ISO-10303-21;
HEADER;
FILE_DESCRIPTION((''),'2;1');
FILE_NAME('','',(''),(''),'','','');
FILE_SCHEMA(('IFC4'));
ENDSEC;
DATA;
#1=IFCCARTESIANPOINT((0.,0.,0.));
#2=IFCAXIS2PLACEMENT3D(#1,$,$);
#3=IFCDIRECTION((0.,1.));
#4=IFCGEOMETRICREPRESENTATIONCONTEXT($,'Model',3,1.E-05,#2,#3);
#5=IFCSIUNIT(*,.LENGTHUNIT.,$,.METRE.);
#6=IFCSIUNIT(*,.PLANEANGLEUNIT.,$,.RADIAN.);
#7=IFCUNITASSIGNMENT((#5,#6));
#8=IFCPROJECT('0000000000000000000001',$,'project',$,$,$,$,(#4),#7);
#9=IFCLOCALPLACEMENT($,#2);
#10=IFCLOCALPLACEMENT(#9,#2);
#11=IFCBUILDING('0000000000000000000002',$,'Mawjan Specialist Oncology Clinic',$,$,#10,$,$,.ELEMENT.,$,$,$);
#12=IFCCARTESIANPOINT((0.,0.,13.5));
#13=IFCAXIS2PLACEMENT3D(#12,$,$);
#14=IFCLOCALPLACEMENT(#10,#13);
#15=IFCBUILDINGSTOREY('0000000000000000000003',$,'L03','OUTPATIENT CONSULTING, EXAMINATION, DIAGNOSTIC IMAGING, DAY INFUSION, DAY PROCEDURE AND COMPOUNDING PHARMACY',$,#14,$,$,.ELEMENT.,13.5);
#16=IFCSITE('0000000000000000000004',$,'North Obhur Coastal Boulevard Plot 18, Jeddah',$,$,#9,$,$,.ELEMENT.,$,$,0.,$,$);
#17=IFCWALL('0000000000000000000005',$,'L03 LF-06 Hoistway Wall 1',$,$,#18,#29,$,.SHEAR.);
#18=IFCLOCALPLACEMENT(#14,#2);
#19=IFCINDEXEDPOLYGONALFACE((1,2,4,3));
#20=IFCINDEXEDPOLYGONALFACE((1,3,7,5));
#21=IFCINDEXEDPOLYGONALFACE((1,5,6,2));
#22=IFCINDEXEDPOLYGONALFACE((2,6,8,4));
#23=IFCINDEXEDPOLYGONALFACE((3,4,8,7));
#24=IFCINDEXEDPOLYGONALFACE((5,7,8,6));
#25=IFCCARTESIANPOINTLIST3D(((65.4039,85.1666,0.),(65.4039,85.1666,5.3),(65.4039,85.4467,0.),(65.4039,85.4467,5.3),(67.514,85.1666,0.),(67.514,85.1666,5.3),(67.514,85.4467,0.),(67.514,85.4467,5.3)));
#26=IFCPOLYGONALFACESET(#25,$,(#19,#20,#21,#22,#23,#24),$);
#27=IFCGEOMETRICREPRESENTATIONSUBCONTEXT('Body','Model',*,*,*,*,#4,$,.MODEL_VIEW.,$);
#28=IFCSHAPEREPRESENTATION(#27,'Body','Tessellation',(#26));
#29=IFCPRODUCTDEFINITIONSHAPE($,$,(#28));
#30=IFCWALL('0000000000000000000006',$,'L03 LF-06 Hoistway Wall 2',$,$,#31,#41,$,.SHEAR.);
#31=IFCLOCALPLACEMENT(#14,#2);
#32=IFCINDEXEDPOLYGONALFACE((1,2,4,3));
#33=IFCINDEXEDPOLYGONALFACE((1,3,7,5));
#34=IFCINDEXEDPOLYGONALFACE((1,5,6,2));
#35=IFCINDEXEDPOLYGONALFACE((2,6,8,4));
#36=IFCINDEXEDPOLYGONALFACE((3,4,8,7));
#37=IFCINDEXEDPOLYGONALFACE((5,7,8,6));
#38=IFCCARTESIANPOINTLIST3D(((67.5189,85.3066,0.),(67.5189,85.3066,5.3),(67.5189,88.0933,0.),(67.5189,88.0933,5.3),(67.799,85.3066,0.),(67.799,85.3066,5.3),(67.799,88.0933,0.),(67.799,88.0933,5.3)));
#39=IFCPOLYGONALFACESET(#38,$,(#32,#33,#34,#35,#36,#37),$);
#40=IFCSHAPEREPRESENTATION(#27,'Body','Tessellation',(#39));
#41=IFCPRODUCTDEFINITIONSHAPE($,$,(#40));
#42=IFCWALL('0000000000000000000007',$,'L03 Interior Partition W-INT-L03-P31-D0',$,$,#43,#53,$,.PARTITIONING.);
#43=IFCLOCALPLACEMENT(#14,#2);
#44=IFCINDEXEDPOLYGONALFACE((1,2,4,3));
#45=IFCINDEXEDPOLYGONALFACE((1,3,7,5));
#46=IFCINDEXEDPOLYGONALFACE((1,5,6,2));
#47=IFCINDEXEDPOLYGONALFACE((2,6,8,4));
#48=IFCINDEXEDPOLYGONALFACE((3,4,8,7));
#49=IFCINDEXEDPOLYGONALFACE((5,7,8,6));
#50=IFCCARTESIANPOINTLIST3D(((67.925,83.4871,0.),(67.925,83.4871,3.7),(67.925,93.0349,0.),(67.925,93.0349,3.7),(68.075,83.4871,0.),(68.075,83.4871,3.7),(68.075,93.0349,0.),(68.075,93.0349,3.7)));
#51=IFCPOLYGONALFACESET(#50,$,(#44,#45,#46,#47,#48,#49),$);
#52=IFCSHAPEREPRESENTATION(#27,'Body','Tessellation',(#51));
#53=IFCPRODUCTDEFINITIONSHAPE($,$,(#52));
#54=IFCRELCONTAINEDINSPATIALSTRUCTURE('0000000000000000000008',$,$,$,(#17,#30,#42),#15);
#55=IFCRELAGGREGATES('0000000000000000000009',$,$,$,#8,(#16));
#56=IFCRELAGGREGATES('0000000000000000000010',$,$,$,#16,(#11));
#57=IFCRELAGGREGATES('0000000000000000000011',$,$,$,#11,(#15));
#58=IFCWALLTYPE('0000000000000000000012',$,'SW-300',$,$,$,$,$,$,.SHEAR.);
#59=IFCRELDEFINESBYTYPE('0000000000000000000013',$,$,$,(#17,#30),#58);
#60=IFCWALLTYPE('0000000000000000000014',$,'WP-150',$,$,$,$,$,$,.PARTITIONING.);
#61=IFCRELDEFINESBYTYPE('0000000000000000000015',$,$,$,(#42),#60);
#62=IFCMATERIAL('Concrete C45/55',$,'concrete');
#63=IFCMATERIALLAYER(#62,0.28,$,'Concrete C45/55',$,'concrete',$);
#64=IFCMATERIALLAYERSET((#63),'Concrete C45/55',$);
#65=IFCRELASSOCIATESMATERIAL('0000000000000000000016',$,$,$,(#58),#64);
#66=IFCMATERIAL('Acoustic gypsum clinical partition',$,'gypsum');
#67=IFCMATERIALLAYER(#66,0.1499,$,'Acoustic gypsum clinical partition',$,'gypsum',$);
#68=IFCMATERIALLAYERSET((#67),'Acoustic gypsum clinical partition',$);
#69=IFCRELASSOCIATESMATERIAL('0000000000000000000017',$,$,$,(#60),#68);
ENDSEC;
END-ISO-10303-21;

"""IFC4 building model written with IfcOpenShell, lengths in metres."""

from ifc_helpers import new_model, si_unit, direction, frame, frame_2d, origin, place, context, subcontext, project, spatial, rectangle, extrude, material, layer, layer_set, type_object, element, save


model = new_model("IFC4")

# Units and contexts
model_context = context("Model", 3, precision=1e-05, world=origin(), true_north=direction((0.0, 1.0)))
body_context = subcontext(model_context, "Body", "Model", "MODEL_VIEW")
ifc_project = project(units=[si_unit("LENGTHUNIT", "METRE"), si_unit("PLANEANGLEUNIT", "RADIAN")], contexts=[model_context])

# Site, building, storey
site_placement = place(None, origin())
site = spatial("IfcSite", under=ifc_project, at=site_placement, Name="North Obhur Coastal Boulevard Plot 18, Jeddah", CompositionType="ELEMENT", RefElevation=0.0)
building_placement = place(site_placement, origin())
building = spatial("IfcBuilding", under=site, at=building_placement, Name="Mawjan Specialist Oncology Clinic", CompositionType="ELEMENT")
storey_placement = place(building_placement, frame((0.0, 0.0, 13.5)))
storey = spatial("IfcBuildingStorey", under=building, at=storey_placement, Name="L03", Description="OUTPATIENT CONSULTING, EXAMINATION, DIAGNOSTIC IMAGING, DAY INFUSION, DAY PROCEDURE AND COMPOUNDING PHARMACY", CompositionType="ELEMENT", Elevation=13.5)

# Shared definitions
ifc_material_1 = material(Name="Concrete C45/55", Category="concrete")
ifc_layer_1 = layer(ifc_material_1, 0.28, Name="Concrete C45/55", Category="concrete")
ifc_layer_set_1 = layer_set([ifc_layer_1], Name="Concrete C45/55")
wall_type_1 = type_object("IfcWallType", Name="SW-300", PredefinedType="SHEAR", material=ifc_layer_set_1)

# Walls
wall_1_placement = place(storey_placement, frame((65.4038, 85.3066, 0.0), z_axis=(0.0, 0.0, 1.0), x_axis=(1.0, 0.0, 0.0)))
element("IfcWall", 1, at=wall_1_placement, inside=storey, type_object=wall_type_1, Name="L03 LF-06 Hoistway Wall 1", PredefinedType="SHEAR", context=body_context, shape_type="SweptSolid", body=[
    extrude(rectangle(XDim=2.1101, YDim=0.28, at=frame_2d((1.0552, 0.0))), origin(), (0.0, 0.0, 1.0), 5.3),
])
wall_2_placement = place(storey_placement, frame((67.6589, 85.3066, 0.0), z_axis=(0.0, 0.0, 1.0), x_axis=(0.0, 1.0, 0.0)))
element("IfcWall", 2, at=wall_2_placement, inside=storey, type_object=wall_type_1, Name="L03 LF-06 Hoistway Wall 2", PredefinedType="SHEAR", context=body_context, shape_type="SweptSolid", body=[
    extrude(rectangle(XDim=2.7866, YDim=0.28, at=frame_2d((1.3933, 0.0))), origin(), (0.0, 0.0, 1.0), 5.3),
])

# Wall
ifc_material_2 = material(Name="Acoustic gypsum clinical partition", Category="gypsum")
ifc_layer_2 = layer(ifc_material_2, 0.1499, Name="Acoustic gypsum clinical partition", Category="gypsum")
ifc_layer_set_2 = layer_set([ifc_layer_2], Name="Acoustic gypsum clinical partition")
wall_type_2 = type_object("IfcWallType", Name="WP-150", PredefinedType="PARTITIONING", material=ifc_layer_set_2)
wall_3_placement = place(storey_placement, frame((68.0, 83.4871, 0.0), z_axis=(0.0, 0.0, 1.0), x_axis=(0.0, 1.0, 0.0)))
element("IfcWall", 3, at=wall_3_placement, inside=storey, type_object=wall_type_2, Name="L03 Interior Partition W-INT-L03-P31-D0", PredefinedType="PARTITIONING", context=body_context, shape_type="SweptSolid", body=[
    extrude(rectangle(XDim=9.5479, YDim=0.1499, at=frame_2d((4.7739, 0.0))), origin(), (0.0, 0.0, 1.0), 3.7),
])

save(model, "model.ifc")
